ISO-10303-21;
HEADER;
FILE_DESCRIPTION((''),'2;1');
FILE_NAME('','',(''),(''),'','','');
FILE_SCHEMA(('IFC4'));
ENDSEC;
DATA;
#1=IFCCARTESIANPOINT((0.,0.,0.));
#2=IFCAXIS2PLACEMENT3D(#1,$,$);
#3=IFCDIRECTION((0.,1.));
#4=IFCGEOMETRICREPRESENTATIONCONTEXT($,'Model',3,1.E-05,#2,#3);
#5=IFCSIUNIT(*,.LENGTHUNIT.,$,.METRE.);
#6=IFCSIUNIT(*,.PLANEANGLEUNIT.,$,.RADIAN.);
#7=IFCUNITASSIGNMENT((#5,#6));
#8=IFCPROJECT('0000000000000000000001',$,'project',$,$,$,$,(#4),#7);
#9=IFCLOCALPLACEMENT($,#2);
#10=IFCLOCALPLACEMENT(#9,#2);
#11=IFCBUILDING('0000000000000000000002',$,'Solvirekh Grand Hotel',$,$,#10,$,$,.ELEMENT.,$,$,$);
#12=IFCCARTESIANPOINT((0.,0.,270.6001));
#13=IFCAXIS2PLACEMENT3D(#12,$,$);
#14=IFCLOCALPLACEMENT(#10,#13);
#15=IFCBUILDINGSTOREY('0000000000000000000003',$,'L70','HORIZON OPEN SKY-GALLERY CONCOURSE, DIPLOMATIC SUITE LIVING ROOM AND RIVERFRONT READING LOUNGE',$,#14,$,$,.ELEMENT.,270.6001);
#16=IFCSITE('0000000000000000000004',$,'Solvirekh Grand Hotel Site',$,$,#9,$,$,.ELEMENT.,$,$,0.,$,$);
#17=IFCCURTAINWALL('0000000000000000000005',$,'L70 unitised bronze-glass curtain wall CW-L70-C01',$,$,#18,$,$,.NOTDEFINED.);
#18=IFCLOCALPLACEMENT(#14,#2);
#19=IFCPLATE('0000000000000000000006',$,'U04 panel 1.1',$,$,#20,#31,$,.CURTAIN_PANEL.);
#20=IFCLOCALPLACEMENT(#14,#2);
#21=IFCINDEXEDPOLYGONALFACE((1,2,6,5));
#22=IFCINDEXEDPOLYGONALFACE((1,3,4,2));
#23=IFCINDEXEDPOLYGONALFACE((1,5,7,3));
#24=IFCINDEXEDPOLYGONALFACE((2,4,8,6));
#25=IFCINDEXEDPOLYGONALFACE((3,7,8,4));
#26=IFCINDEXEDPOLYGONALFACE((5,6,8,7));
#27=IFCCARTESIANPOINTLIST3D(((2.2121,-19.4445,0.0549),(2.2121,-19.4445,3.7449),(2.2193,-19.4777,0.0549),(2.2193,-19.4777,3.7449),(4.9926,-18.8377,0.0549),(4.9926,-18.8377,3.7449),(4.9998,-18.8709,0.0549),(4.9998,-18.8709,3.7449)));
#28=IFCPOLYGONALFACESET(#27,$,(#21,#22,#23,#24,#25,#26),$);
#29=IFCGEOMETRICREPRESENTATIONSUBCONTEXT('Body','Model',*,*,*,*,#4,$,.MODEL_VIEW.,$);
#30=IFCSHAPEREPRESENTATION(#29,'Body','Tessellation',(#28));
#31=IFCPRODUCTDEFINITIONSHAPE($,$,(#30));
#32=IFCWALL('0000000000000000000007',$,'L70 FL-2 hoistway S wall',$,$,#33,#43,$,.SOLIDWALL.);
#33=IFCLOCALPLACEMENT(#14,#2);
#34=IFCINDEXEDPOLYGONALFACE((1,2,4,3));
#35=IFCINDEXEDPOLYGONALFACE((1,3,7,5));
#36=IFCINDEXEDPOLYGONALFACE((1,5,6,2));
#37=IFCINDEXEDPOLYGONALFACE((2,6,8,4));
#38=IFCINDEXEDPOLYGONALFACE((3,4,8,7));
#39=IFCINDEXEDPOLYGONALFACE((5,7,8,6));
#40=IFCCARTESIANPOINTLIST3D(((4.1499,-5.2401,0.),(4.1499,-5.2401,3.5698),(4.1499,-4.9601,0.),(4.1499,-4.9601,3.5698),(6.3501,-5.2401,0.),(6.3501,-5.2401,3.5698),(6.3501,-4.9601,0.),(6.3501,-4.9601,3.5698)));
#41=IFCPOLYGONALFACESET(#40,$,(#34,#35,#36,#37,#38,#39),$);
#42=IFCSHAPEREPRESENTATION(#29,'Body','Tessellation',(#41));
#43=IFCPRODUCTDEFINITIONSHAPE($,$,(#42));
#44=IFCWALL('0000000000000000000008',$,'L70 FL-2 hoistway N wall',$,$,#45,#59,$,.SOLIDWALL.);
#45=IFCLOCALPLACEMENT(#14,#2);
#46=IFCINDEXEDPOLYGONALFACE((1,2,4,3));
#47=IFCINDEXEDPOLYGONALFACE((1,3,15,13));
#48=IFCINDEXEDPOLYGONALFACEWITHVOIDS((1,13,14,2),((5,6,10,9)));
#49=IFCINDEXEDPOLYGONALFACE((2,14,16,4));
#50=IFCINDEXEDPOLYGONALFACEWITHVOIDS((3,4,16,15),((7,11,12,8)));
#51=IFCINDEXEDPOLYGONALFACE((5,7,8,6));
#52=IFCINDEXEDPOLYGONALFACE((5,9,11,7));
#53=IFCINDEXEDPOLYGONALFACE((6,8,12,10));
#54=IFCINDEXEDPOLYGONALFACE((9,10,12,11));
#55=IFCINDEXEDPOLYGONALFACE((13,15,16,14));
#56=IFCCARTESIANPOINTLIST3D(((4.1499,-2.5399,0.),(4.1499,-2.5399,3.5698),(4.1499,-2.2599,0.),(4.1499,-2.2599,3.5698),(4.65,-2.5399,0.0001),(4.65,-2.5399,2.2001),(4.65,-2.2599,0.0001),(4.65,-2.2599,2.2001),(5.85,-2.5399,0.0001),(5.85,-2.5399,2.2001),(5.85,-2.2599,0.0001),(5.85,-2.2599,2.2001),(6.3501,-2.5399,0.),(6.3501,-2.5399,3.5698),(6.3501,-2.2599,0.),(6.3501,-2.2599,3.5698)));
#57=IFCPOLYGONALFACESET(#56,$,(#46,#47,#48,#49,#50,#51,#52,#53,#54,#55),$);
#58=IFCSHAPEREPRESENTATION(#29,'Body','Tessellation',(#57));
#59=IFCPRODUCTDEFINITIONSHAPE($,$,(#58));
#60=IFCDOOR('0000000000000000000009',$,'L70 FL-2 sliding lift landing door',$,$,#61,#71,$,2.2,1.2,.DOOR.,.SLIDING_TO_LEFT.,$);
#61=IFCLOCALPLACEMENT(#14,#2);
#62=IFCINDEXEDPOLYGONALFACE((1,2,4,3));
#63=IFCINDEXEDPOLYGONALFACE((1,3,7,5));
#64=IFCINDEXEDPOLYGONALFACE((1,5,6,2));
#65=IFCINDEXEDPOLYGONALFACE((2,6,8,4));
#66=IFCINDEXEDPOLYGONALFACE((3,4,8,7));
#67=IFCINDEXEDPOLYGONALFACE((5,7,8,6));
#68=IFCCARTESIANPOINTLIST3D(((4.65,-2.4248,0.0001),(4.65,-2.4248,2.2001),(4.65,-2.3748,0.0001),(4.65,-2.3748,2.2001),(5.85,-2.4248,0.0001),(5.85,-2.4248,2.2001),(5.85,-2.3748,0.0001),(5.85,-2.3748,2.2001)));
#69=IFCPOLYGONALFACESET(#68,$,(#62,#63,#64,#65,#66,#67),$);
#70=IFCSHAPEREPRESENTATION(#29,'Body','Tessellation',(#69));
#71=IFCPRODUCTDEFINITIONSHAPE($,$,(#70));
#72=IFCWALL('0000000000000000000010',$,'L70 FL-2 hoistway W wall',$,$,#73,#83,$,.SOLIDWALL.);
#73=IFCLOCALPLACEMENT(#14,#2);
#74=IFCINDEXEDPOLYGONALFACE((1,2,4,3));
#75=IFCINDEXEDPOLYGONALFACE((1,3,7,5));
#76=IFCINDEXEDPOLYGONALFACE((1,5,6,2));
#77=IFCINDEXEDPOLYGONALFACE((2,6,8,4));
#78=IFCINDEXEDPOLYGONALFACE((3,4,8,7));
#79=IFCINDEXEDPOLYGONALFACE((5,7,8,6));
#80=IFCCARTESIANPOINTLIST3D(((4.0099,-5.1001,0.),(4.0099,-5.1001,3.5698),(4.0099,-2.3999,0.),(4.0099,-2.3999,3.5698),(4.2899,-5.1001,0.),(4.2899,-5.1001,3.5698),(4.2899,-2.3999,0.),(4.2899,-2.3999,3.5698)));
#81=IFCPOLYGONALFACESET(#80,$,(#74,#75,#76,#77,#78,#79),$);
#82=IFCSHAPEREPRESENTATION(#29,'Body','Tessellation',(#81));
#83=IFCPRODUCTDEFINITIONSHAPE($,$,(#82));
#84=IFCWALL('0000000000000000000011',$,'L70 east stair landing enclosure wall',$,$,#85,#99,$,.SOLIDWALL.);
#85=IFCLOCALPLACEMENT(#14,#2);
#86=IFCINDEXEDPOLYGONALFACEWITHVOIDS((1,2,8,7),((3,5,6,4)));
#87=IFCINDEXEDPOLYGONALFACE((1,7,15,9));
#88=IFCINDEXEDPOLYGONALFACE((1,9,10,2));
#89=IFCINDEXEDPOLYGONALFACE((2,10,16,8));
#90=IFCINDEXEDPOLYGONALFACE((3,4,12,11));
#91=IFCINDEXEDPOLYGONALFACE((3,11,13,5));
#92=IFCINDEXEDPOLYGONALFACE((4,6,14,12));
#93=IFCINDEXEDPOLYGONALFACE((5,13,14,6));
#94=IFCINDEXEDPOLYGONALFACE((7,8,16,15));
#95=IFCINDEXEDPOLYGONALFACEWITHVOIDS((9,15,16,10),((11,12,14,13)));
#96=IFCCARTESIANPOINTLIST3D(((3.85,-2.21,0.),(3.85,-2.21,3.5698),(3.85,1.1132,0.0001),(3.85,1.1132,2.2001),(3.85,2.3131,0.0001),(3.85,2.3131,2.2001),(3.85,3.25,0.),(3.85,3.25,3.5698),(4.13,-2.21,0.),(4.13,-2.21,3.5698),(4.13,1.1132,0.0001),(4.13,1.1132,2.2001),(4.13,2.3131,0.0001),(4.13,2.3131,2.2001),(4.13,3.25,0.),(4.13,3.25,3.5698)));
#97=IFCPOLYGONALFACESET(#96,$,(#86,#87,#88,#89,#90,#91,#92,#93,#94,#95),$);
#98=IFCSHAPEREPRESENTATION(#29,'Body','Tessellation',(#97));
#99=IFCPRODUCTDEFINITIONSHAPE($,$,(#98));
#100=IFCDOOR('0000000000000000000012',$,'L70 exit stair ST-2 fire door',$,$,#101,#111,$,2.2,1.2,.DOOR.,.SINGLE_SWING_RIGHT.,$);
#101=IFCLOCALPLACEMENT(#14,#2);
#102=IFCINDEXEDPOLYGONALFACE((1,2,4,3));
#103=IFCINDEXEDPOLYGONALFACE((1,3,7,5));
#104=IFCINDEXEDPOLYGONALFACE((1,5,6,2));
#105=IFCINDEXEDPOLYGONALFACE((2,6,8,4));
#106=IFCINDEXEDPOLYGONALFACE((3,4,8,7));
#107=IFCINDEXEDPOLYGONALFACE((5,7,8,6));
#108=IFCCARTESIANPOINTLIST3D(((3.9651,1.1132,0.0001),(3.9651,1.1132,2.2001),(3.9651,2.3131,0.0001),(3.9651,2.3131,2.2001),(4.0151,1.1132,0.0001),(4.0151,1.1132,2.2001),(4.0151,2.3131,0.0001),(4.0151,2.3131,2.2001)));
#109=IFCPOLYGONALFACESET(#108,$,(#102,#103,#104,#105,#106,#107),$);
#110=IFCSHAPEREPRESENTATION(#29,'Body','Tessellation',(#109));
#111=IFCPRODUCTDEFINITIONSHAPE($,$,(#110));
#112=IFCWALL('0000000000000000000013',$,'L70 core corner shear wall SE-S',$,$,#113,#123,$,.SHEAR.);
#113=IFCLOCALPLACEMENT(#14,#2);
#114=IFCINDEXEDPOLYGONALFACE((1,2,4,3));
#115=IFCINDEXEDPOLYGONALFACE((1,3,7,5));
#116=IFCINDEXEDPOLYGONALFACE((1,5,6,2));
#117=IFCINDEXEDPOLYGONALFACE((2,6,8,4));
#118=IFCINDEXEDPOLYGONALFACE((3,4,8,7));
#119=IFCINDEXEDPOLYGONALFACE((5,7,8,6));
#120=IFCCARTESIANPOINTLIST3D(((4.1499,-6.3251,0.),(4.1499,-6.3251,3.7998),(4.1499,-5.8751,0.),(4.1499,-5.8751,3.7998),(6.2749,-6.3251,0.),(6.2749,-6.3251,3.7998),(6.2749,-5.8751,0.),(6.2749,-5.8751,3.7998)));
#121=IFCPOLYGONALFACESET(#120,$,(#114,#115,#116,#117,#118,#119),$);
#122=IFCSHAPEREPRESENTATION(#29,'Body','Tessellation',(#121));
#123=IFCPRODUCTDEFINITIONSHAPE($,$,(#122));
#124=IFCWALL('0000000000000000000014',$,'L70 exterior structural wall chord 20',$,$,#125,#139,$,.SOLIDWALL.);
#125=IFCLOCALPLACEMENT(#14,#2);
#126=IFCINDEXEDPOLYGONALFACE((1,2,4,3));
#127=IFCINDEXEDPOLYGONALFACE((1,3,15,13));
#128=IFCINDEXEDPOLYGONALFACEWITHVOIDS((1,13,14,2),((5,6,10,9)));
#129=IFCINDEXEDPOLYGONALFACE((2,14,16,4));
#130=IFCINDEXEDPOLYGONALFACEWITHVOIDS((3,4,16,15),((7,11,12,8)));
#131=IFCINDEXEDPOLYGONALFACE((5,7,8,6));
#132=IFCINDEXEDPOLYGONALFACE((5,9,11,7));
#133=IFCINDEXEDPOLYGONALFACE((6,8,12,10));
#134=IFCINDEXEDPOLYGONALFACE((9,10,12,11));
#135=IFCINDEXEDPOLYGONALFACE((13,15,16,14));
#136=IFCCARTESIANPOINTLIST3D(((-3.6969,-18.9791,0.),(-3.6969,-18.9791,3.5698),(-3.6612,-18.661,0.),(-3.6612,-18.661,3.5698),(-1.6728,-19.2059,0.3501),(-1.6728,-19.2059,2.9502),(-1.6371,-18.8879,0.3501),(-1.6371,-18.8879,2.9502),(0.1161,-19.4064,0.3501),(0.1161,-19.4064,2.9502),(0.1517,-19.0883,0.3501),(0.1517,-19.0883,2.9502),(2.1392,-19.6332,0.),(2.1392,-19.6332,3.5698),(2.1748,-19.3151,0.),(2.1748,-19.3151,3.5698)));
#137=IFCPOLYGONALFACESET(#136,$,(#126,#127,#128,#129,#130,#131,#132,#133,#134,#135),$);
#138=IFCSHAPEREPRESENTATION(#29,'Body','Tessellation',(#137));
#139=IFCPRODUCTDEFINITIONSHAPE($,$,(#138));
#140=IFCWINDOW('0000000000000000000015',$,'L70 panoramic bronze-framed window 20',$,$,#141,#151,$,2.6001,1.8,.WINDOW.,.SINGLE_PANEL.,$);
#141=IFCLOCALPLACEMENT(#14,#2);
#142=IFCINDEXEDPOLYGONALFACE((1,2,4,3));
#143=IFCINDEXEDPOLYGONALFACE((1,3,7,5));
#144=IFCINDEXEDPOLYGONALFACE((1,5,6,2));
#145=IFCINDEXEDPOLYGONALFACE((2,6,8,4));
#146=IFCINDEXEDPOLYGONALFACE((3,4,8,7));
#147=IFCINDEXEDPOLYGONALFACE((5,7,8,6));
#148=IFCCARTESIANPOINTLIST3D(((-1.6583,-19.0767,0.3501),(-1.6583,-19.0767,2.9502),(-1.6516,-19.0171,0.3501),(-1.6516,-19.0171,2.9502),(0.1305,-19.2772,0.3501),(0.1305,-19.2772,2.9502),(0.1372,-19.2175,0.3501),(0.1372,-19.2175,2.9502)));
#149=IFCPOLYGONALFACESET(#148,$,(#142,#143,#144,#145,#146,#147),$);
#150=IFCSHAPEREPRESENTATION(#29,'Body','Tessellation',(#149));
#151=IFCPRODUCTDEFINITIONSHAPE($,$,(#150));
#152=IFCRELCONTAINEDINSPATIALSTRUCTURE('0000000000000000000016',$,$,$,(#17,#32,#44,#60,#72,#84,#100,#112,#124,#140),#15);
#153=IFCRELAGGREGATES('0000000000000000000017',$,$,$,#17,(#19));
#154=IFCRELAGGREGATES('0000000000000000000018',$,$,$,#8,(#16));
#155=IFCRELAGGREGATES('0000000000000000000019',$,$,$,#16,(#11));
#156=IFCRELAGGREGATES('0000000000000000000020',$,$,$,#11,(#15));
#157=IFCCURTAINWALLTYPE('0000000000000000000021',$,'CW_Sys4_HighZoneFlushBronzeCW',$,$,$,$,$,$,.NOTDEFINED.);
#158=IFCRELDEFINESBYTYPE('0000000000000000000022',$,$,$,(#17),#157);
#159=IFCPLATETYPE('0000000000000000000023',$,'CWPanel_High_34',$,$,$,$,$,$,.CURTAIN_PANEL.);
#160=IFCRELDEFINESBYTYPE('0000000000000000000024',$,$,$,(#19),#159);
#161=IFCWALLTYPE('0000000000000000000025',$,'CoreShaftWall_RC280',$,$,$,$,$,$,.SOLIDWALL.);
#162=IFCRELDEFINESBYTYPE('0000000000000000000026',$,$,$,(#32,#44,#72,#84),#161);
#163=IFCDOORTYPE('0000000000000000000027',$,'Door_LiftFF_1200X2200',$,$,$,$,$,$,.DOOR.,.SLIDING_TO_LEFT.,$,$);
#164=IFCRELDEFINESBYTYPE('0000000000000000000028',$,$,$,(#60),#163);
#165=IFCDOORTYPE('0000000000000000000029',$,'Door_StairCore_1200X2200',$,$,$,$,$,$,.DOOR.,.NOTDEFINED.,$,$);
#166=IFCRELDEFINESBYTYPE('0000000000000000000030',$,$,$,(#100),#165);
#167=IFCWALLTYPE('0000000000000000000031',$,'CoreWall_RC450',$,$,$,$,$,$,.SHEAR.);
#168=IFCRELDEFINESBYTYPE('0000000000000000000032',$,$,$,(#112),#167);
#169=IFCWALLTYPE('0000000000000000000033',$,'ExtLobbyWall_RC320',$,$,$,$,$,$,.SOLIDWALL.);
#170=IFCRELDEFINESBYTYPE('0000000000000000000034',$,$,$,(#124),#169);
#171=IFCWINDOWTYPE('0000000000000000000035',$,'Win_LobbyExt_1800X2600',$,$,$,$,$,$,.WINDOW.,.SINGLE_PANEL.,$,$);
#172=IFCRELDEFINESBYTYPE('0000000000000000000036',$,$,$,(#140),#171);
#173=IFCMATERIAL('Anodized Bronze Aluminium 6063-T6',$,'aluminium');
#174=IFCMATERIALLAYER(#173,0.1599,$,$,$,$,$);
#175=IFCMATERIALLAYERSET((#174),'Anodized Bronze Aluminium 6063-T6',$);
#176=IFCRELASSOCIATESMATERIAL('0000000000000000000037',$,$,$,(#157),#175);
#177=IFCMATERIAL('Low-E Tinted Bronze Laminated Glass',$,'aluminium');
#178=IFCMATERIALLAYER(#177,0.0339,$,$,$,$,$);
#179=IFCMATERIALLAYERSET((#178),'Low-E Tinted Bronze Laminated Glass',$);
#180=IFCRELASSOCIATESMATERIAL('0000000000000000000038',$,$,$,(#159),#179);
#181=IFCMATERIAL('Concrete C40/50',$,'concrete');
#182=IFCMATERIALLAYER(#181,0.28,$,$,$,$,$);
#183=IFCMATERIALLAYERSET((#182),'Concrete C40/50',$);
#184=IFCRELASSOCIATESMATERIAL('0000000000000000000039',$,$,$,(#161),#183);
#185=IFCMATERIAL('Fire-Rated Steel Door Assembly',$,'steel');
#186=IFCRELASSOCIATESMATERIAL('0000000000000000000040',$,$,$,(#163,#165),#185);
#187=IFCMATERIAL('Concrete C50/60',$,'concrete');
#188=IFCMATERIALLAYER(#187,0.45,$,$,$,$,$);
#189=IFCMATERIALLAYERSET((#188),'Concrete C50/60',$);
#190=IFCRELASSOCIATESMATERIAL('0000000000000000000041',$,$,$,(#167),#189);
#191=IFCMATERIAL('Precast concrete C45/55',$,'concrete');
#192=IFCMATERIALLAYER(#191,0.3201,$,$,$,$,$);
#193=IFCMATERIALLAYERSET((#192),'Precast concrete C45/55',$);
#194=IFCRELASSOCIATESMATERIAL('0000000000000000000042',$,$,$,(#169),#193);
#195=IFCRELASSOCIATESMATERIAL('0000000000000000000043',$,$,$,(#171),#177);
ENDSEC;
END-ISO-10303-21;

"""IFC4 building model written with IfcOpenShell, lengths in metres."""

from ifc_helpers import new_model, si_unit, direction, frame, frame_2d, origin, origin_2d, place, context, subcontext, project, spatial, rectangle, extrude, source, transform, mapped, material, layer, layer_set, type_object, element, fill, aggregate, save


model = new_model("IFC4")

# Units and contexts
model_context = context("Model", 3, precision=1e-05, world=origin(), true_north=direction((0.0, 1.0)))
body_context = subcontext(model_context, "Body", "Model", "MODEL_VIEW")
ifc_project = project(units=[si_unit("LENGTHUNIT", "METRE"), si_unit("PLANEANGLEUNIT", "RADIAN")], contexts=[model_context])

# Site, building, storey
site_placement = place(None, origin())
site = spatial("IfcSite", under=ifc_project, at=site_placement, Name="Solvirekh Grand Hotel Site", CompositionType="ELEMENT", RefElevation=0.0)
building_placement = place(site_placement, origin())
building = spatial("IfcBuilding", under=site, at=building_placement, Name="Solvirekh Grand Hotel", CompositionType="ELEMENT")
storey_placement = place(building_placement, frame((0.0, 0.0, 270.6001)))
storey = spatial("IfcBuildingStorey", under=building, at=storey_placement, Name="L70", Description="HORIZON OPEN SKY-GALLERY CONCOURSE, DIPLOMATIC SUITE LIVING ROOM AND RIVERFRONT READING LOUNGE", CompositionType="ELEMENT", Elevation=270.6001)

# Curtain wall
ifc_material_1 = material(Name="Anodized Bronze Aluminium 6063-T6", Category="aluminium")
ifc_layer_1 = layer(ifc_material_1, 0.1599)
ifc_layer_set_1 = layer_set([ifc_layer_1], Name="Anodized Bronze Aluminium 6063-T6")
curtain_wall_type = type_object("IfcCurtainWallType", Name="CW_Sys4_HighZoneFlushBronzeCW", PredefinedType="NOTDEFINED", material=ifc_layer_set_1)
curtain_wall_placement = place(storey_placement, origin())
curtain_wall = element("IfcCurtainWall", 1, at=curtain_wall_placement, inside=storey, type_object=curtain_wall_type, Name="L70 unitised bronze-glass curtain wall CW-L70-C01", PredefinedType="NOTDEFINED")

# Shared definitions
ifc_material_2 = material(Name="Concrete C40/50", Category="concrete")

# Plate
ifc_material_3 = material(Name="Low-E Tinted Bronze Laminated Glass", Category="aluminium")
ifc_layer_2 = layer(ifc_material_3, 0.0339)
ifc_layer_set_2 = layer_set([ifc_layer_2], Name="Low-E Tinted Bronze Laminated Glass")
plate_type = type_object("IfcPlateType", Name="CWPanel_High_34", PredefinedType="CURTAIN_PANEL", material=ifc_layer_set_2)
shared_shape_1 = source(origin(), body_context, "Body", "SweptSolid", [
    extrude(rectangle(XDim=2.8459, YDim=0.0339, at=origin_2d()), origin(), (0.0, 0.0, 1.0), 3.6899),
])
plate_placement = place(storey_placement, frame((3.606, -19.1577, 0.0549), z_axis=(0.0, 0.0, 1.0), x_axis=(0.977005, 0.213214, 0.0)))
plate = element("IfcPlate", 2, at=plate_placement, type_object=plate_type, Name="U04 panel 1.1", PredefinedType="CURTAIN_PANEL", context=body_context, shape_type="MappedRepresentation", body=[
    mapped(shared_shape_1, transform((0.0, 0.0, 0.0), x_axis=(1.0, 0.0, 0.0), y_axis=(0.0, 1.0, 0.0), z_axis=(0.0, 0.0, 1.0), scale=1.0)),
])
aggregate(curtain_wall, [plate])

# Wall
ifc_layer_3 = layer(ifc_material_2, 0.28)
ifc_layer_set_3 = layer_set([ifc_layer_3], Name="Concrete C40/50")
wall_type_1 = type_object("IfcWallType", Name="CoreShaftWall_RC280", PredefinedType="SOLIDWALL", material=ifc_layer_set_3)
wall_1_placement = place(storey_placement, frame((4.1499, -5.1001, 0.0), z_axis=(0.0, 0.0, 1.0), x_axis=(1.0, 0.0, 0.0)))
element("IfcWall", 3, at=wall_1_placement, inside=storey, type_object=wall_type_1, Name="L70 FL-2 hoistway S wall", PredefinedType="SOLIDWALL", context=body_context, shape_type="SweptSolid", body=[
    extrude(rectangle(XDim=2.2002, YDim=0.28, at=frame_2d((1.1001, 0.0))), origin(), (0.0, 0.0, 1.0), 3.5698),
])

# Wall, opening, door
wall_2_placement = place(storey_placement, frame((6.3501, -2.3999, 0.0), z_axis=(0.0, 0.0, 1.0), x_axis=(-1.0, 0.0, 0.0)))
wall_2 = element("IfcWall", 4, at=wall_2_placement, inside=storey, type_object=wall_type_1, Name="L70 FL-2 hoistway N wall", PredefinedType="SOLIDWALL", context=body_context, shape_type="SweptSolid", body=[
    extrude(rectangle(XDim=2.2002, YDim=0.28, at=frame_2d((1.1001, 0.0))), origin(), (0.0, 0.0, 1.0), 3.5698),
])
opening_1_placement = place(wall_2_placement, frame((0.5, 0.0, 0.0)))
opening_1 = element("IfcOpeningElement", 5, at=opening_1_placement, cuts=wall_2, PredefinedType="OPENING", context=body_context, shape_type="SweptSolid", body=[
    extrude(rectangle(XDim=1.2, YDim=2.2, at=frame_2d((0.6001, 1.1001))), frame((0.0, 0.1499, 0.0), z_axis=(0.0, -1.0, 0.0), x_axis=(1.0, 0.0, 0.0)), (0.0, 0.0, 1.0), 0.3),
])
ifc_material_4 = material(Name="Fire-Rated Steel Door Assembly", Category="steel")
door_type_1 = type_object("IfcDoorType", Name="Door_LiftFF_1200X2200", OperationType="SLIDING_TO_LEFT", PredefinedType="DOOR", material=ifc_material_4)
door_1_placement = place(opening_1_placement, origin())
door_1 = element("IfcDoor", 6, at=door_1_placement, inside=storey, type_object=door_type_1, Name="L70 FL-2 sliding lift landing door", OperationType="SLIDING_TO_LEFT", OverallHeight=2.2, OverallWidth=1.2, PredefinedType="DOOR", context=body_context, shape_type="SweptSolid", body=[
    extrude(rectangle(XDim=1.2, YDim=2.2, at=frame_2d((0.6001, 1.1001))), frame((0.0, 0.0249, 0.0), z_axis=(0.0, -1.0, 0.0), x_axis=(1.0, 0.0, 0.0)), (0.0, 0.0, 1.0), 0.05),
])
fill(opening_1, door_1)

# Wall
wall_3_placement = place(storey_placement, frame((4.1499, -2.3999, 0.0), z_axis=(0.0, 0.0, 1.0), x_axis=(0.0, -1.0, 0.0)))
element("IfcWall", 7, at=wall_3_placement, inside=storey, type_object=wall_type_1, Name="L70 FL-2 hoistway W wall", PredefinedType="SOLIDWALL", context=body_context, shape_type="SweptSolid", body=[
    extrude(rectangle(XDim=2.7002, YDim=0.28, at=frame_2d((1.3501, 0.0))), origin(), (0.0, 0.0, 1.0), 3.5698),
])

# Wall, opening, door
wall_4_placement = place(storey_placement, frame((3.99, -2.21, 0.0), z_axis=(0.0, 0.0, 1.0), x_axis=(0.0, 1.0, 0.0)))
wall_4 = element("IfcWall", 8, at=wall_4_placement, inside=storey, type_object=wall_type_1, Name="L70 east stair landing enclosure wall", PredefinedType="SOLIDWALL", context=body_context, shape_type="SweptSolid", body=[
    extrude(rectangle(XDim=5.46, YDim=0.28, at=frame_2d((2.73, 0.0))), origin(), (0.0, 0.0, 1.0), 3.5698),
])
opening_2_placement = place(wall_4_placement, frame((3.323, 0.0, 0.0)))
opening_2 = element("IfcOpeningElement", 9, at=opening_2_placement, cuts=wall_4, PredefinedType="OPENING", context=body_context, shape_type="SweptSolid", body=[
    extrude(rectangle(XDim=1.2, YDim=2.2, at=frame_2d((0.6001, 1.1001))), frame((0.0, 0.1499, 0.0), z_axis=(0.0, -1.0, 0.0), x_axis=(1.0, 0.0, 0.0)), (0.0, 0.0, 1.0), 0.3),
])
door_type_2 = type_object("IfcDoorType", Name="Door_StairCore_1200X2200", OperationType="NOTDEFINED", PredefinedType="DOOR", material=ifc_material_4)
door_2_placement = place(opening_2_placement, origin())
door_2 = element("IfcDoor", 10, at=door_2_placement, inside=storey, type_object=door_type_2, Name="L70 exit stair ST-2 fire door", OperationType="SINGLE_SWING_RIGHT", OverallHeight=2.2, OverallWidth=1.2, PredefinedType="DOOR", context=body_context, shape_type="SweptSolid", body=[
    extrude(rectangle(XDim=1.2, YDim=2.2, at=frame_2d((0.6001, 1.1001))), frame((0.0, 0.0249, 0.0), z_axis=(0.0, -1.0, 0.0), x_axis=(1.0, 0.0, 0.0)), (0.0, 0.0, 1.0), 0.05),
])
fill(opening_2, door_2)

# Wall
ifc_material_5 = material(Name="Concrete C50/60", Category="concrete")
ifc_layer_4 = layer(ifc_material_5, 0.45)
ifc_layer_set_4 = layer_set([ifc_layer_4], Name="Concrete C50/60")
wall_type_2 = type_object("IfcWallType", Name="CoreWall_RC450", PredefinedType="SHEAR", material=ifc_layer_set_4)
wall_5_placement = place(storey_placement, frame((4.1499, -6.1001, 0.0), z_axis=(0.0, 0.0, 1.0), x_axis=(1.0, 0.0, 0.0)))
element("IfcWall", 11, at=wall_5_placement, inside=storey, type_object=wall_type_2, Name="L70 core corner shear wall SE-S", PredefinedType="SHEAR", context=body_context, shape_type="SweptSolid", body=[
    extrude(rectangle(XDim=2.125, YDim=0.45, at=frame_2d((1.0625, 0.0))), origin(), (0.0, 0.0, 1.0), 3.7998),
])

# Wall, opening, window
ifc_material_6 = material(Name="Precast concrete C45/55", Category="concrete")
ifc_layer_5 = layer(ifc_material_6, 0.3201)
ifc_layer_set_5 = layer_set([ifc_layer_5], Name="Precast concrete C45/55")
wall_type_3 = type_object("IfcWallType", Name="ExtLobbyWall_RC320", PredefinedType="SOLIDWALL", material=ifc_layer_set_5)
wall_6_placement = place(storey_placement, frame((2.157, -19.4741, 0.0), z_axis=(0.0, 0.0, 1.0), x_axis=(-0.993778, 0.111376, 0.0)))
wall_6 = element("IfcWall", 12, at=wall_6_placement, inside=storey, type_object=wall_type_3, Name="L70 exterior structural wall chord 20", PredefinedType="SOLIDWALL", context=body_context, shape_type="SweptSolid", body=[
    extrude(rectangle(XDim=5.8726, YDim=0.3201, at=frame_2d((2.9363, 0.0))), origin(), (0.0, 0.0, 1.0), 3.5698),
])
opening_3_placement = place(wall_6_placement, frame((2.0359, 0.0, 0.3501)))
opening_3 = element("IfcOpeningElement", 13, at=opening_3_placement, cuts=wall_6, PredefinedType="OPENING", context=body_context, shape_type="SweptSolid", body=[
    extrude(rectangle(XDim=1.8, YDim=2.6001, at=frame_2d((0.8999, 1.3))), frame((0.0, 0.1699, 0.0), z_axis=(0.0, -1.0, 0.0), x_axis=(1.0, 0.0, 0.0)), (0.0, 0.0, 1.0), 0.3401),
])
window_type = type_object("IfcWindowType", Name="Win_LobbyExt_1800X2600", PartitioningType="SINGLE_PANEL", PredefinedType="WINDOW", material=ifc_material_3)
window_placement = place(opening_3_placement, origin())
window = element("IfcWindow", 14, at=window_placement, inside=storey, type_object=window_type, Name="L70 panoramic bronze-framed window 20", OverallHeight=2.6001, OverallWidth=1.8, PartitioningType="SINGLE_PANEL", PredefinedType="WINDOW", context=body_context, shape_type="SweptSolid", body=[
    extrude(rectangle(XDim=1.8, YDim=2.6001, at=frame_2d((0.8999, 1.3))), frame((0.0, 0.03, 0.0), z_axis=(0.0, -1.0, 0.0), x_axis=(1.0, 0.0, 0.0)), (0.0, 0.0, 1.0), 0.0601),
])
fill(opening_3, window)

save(model, "model.ifc")
